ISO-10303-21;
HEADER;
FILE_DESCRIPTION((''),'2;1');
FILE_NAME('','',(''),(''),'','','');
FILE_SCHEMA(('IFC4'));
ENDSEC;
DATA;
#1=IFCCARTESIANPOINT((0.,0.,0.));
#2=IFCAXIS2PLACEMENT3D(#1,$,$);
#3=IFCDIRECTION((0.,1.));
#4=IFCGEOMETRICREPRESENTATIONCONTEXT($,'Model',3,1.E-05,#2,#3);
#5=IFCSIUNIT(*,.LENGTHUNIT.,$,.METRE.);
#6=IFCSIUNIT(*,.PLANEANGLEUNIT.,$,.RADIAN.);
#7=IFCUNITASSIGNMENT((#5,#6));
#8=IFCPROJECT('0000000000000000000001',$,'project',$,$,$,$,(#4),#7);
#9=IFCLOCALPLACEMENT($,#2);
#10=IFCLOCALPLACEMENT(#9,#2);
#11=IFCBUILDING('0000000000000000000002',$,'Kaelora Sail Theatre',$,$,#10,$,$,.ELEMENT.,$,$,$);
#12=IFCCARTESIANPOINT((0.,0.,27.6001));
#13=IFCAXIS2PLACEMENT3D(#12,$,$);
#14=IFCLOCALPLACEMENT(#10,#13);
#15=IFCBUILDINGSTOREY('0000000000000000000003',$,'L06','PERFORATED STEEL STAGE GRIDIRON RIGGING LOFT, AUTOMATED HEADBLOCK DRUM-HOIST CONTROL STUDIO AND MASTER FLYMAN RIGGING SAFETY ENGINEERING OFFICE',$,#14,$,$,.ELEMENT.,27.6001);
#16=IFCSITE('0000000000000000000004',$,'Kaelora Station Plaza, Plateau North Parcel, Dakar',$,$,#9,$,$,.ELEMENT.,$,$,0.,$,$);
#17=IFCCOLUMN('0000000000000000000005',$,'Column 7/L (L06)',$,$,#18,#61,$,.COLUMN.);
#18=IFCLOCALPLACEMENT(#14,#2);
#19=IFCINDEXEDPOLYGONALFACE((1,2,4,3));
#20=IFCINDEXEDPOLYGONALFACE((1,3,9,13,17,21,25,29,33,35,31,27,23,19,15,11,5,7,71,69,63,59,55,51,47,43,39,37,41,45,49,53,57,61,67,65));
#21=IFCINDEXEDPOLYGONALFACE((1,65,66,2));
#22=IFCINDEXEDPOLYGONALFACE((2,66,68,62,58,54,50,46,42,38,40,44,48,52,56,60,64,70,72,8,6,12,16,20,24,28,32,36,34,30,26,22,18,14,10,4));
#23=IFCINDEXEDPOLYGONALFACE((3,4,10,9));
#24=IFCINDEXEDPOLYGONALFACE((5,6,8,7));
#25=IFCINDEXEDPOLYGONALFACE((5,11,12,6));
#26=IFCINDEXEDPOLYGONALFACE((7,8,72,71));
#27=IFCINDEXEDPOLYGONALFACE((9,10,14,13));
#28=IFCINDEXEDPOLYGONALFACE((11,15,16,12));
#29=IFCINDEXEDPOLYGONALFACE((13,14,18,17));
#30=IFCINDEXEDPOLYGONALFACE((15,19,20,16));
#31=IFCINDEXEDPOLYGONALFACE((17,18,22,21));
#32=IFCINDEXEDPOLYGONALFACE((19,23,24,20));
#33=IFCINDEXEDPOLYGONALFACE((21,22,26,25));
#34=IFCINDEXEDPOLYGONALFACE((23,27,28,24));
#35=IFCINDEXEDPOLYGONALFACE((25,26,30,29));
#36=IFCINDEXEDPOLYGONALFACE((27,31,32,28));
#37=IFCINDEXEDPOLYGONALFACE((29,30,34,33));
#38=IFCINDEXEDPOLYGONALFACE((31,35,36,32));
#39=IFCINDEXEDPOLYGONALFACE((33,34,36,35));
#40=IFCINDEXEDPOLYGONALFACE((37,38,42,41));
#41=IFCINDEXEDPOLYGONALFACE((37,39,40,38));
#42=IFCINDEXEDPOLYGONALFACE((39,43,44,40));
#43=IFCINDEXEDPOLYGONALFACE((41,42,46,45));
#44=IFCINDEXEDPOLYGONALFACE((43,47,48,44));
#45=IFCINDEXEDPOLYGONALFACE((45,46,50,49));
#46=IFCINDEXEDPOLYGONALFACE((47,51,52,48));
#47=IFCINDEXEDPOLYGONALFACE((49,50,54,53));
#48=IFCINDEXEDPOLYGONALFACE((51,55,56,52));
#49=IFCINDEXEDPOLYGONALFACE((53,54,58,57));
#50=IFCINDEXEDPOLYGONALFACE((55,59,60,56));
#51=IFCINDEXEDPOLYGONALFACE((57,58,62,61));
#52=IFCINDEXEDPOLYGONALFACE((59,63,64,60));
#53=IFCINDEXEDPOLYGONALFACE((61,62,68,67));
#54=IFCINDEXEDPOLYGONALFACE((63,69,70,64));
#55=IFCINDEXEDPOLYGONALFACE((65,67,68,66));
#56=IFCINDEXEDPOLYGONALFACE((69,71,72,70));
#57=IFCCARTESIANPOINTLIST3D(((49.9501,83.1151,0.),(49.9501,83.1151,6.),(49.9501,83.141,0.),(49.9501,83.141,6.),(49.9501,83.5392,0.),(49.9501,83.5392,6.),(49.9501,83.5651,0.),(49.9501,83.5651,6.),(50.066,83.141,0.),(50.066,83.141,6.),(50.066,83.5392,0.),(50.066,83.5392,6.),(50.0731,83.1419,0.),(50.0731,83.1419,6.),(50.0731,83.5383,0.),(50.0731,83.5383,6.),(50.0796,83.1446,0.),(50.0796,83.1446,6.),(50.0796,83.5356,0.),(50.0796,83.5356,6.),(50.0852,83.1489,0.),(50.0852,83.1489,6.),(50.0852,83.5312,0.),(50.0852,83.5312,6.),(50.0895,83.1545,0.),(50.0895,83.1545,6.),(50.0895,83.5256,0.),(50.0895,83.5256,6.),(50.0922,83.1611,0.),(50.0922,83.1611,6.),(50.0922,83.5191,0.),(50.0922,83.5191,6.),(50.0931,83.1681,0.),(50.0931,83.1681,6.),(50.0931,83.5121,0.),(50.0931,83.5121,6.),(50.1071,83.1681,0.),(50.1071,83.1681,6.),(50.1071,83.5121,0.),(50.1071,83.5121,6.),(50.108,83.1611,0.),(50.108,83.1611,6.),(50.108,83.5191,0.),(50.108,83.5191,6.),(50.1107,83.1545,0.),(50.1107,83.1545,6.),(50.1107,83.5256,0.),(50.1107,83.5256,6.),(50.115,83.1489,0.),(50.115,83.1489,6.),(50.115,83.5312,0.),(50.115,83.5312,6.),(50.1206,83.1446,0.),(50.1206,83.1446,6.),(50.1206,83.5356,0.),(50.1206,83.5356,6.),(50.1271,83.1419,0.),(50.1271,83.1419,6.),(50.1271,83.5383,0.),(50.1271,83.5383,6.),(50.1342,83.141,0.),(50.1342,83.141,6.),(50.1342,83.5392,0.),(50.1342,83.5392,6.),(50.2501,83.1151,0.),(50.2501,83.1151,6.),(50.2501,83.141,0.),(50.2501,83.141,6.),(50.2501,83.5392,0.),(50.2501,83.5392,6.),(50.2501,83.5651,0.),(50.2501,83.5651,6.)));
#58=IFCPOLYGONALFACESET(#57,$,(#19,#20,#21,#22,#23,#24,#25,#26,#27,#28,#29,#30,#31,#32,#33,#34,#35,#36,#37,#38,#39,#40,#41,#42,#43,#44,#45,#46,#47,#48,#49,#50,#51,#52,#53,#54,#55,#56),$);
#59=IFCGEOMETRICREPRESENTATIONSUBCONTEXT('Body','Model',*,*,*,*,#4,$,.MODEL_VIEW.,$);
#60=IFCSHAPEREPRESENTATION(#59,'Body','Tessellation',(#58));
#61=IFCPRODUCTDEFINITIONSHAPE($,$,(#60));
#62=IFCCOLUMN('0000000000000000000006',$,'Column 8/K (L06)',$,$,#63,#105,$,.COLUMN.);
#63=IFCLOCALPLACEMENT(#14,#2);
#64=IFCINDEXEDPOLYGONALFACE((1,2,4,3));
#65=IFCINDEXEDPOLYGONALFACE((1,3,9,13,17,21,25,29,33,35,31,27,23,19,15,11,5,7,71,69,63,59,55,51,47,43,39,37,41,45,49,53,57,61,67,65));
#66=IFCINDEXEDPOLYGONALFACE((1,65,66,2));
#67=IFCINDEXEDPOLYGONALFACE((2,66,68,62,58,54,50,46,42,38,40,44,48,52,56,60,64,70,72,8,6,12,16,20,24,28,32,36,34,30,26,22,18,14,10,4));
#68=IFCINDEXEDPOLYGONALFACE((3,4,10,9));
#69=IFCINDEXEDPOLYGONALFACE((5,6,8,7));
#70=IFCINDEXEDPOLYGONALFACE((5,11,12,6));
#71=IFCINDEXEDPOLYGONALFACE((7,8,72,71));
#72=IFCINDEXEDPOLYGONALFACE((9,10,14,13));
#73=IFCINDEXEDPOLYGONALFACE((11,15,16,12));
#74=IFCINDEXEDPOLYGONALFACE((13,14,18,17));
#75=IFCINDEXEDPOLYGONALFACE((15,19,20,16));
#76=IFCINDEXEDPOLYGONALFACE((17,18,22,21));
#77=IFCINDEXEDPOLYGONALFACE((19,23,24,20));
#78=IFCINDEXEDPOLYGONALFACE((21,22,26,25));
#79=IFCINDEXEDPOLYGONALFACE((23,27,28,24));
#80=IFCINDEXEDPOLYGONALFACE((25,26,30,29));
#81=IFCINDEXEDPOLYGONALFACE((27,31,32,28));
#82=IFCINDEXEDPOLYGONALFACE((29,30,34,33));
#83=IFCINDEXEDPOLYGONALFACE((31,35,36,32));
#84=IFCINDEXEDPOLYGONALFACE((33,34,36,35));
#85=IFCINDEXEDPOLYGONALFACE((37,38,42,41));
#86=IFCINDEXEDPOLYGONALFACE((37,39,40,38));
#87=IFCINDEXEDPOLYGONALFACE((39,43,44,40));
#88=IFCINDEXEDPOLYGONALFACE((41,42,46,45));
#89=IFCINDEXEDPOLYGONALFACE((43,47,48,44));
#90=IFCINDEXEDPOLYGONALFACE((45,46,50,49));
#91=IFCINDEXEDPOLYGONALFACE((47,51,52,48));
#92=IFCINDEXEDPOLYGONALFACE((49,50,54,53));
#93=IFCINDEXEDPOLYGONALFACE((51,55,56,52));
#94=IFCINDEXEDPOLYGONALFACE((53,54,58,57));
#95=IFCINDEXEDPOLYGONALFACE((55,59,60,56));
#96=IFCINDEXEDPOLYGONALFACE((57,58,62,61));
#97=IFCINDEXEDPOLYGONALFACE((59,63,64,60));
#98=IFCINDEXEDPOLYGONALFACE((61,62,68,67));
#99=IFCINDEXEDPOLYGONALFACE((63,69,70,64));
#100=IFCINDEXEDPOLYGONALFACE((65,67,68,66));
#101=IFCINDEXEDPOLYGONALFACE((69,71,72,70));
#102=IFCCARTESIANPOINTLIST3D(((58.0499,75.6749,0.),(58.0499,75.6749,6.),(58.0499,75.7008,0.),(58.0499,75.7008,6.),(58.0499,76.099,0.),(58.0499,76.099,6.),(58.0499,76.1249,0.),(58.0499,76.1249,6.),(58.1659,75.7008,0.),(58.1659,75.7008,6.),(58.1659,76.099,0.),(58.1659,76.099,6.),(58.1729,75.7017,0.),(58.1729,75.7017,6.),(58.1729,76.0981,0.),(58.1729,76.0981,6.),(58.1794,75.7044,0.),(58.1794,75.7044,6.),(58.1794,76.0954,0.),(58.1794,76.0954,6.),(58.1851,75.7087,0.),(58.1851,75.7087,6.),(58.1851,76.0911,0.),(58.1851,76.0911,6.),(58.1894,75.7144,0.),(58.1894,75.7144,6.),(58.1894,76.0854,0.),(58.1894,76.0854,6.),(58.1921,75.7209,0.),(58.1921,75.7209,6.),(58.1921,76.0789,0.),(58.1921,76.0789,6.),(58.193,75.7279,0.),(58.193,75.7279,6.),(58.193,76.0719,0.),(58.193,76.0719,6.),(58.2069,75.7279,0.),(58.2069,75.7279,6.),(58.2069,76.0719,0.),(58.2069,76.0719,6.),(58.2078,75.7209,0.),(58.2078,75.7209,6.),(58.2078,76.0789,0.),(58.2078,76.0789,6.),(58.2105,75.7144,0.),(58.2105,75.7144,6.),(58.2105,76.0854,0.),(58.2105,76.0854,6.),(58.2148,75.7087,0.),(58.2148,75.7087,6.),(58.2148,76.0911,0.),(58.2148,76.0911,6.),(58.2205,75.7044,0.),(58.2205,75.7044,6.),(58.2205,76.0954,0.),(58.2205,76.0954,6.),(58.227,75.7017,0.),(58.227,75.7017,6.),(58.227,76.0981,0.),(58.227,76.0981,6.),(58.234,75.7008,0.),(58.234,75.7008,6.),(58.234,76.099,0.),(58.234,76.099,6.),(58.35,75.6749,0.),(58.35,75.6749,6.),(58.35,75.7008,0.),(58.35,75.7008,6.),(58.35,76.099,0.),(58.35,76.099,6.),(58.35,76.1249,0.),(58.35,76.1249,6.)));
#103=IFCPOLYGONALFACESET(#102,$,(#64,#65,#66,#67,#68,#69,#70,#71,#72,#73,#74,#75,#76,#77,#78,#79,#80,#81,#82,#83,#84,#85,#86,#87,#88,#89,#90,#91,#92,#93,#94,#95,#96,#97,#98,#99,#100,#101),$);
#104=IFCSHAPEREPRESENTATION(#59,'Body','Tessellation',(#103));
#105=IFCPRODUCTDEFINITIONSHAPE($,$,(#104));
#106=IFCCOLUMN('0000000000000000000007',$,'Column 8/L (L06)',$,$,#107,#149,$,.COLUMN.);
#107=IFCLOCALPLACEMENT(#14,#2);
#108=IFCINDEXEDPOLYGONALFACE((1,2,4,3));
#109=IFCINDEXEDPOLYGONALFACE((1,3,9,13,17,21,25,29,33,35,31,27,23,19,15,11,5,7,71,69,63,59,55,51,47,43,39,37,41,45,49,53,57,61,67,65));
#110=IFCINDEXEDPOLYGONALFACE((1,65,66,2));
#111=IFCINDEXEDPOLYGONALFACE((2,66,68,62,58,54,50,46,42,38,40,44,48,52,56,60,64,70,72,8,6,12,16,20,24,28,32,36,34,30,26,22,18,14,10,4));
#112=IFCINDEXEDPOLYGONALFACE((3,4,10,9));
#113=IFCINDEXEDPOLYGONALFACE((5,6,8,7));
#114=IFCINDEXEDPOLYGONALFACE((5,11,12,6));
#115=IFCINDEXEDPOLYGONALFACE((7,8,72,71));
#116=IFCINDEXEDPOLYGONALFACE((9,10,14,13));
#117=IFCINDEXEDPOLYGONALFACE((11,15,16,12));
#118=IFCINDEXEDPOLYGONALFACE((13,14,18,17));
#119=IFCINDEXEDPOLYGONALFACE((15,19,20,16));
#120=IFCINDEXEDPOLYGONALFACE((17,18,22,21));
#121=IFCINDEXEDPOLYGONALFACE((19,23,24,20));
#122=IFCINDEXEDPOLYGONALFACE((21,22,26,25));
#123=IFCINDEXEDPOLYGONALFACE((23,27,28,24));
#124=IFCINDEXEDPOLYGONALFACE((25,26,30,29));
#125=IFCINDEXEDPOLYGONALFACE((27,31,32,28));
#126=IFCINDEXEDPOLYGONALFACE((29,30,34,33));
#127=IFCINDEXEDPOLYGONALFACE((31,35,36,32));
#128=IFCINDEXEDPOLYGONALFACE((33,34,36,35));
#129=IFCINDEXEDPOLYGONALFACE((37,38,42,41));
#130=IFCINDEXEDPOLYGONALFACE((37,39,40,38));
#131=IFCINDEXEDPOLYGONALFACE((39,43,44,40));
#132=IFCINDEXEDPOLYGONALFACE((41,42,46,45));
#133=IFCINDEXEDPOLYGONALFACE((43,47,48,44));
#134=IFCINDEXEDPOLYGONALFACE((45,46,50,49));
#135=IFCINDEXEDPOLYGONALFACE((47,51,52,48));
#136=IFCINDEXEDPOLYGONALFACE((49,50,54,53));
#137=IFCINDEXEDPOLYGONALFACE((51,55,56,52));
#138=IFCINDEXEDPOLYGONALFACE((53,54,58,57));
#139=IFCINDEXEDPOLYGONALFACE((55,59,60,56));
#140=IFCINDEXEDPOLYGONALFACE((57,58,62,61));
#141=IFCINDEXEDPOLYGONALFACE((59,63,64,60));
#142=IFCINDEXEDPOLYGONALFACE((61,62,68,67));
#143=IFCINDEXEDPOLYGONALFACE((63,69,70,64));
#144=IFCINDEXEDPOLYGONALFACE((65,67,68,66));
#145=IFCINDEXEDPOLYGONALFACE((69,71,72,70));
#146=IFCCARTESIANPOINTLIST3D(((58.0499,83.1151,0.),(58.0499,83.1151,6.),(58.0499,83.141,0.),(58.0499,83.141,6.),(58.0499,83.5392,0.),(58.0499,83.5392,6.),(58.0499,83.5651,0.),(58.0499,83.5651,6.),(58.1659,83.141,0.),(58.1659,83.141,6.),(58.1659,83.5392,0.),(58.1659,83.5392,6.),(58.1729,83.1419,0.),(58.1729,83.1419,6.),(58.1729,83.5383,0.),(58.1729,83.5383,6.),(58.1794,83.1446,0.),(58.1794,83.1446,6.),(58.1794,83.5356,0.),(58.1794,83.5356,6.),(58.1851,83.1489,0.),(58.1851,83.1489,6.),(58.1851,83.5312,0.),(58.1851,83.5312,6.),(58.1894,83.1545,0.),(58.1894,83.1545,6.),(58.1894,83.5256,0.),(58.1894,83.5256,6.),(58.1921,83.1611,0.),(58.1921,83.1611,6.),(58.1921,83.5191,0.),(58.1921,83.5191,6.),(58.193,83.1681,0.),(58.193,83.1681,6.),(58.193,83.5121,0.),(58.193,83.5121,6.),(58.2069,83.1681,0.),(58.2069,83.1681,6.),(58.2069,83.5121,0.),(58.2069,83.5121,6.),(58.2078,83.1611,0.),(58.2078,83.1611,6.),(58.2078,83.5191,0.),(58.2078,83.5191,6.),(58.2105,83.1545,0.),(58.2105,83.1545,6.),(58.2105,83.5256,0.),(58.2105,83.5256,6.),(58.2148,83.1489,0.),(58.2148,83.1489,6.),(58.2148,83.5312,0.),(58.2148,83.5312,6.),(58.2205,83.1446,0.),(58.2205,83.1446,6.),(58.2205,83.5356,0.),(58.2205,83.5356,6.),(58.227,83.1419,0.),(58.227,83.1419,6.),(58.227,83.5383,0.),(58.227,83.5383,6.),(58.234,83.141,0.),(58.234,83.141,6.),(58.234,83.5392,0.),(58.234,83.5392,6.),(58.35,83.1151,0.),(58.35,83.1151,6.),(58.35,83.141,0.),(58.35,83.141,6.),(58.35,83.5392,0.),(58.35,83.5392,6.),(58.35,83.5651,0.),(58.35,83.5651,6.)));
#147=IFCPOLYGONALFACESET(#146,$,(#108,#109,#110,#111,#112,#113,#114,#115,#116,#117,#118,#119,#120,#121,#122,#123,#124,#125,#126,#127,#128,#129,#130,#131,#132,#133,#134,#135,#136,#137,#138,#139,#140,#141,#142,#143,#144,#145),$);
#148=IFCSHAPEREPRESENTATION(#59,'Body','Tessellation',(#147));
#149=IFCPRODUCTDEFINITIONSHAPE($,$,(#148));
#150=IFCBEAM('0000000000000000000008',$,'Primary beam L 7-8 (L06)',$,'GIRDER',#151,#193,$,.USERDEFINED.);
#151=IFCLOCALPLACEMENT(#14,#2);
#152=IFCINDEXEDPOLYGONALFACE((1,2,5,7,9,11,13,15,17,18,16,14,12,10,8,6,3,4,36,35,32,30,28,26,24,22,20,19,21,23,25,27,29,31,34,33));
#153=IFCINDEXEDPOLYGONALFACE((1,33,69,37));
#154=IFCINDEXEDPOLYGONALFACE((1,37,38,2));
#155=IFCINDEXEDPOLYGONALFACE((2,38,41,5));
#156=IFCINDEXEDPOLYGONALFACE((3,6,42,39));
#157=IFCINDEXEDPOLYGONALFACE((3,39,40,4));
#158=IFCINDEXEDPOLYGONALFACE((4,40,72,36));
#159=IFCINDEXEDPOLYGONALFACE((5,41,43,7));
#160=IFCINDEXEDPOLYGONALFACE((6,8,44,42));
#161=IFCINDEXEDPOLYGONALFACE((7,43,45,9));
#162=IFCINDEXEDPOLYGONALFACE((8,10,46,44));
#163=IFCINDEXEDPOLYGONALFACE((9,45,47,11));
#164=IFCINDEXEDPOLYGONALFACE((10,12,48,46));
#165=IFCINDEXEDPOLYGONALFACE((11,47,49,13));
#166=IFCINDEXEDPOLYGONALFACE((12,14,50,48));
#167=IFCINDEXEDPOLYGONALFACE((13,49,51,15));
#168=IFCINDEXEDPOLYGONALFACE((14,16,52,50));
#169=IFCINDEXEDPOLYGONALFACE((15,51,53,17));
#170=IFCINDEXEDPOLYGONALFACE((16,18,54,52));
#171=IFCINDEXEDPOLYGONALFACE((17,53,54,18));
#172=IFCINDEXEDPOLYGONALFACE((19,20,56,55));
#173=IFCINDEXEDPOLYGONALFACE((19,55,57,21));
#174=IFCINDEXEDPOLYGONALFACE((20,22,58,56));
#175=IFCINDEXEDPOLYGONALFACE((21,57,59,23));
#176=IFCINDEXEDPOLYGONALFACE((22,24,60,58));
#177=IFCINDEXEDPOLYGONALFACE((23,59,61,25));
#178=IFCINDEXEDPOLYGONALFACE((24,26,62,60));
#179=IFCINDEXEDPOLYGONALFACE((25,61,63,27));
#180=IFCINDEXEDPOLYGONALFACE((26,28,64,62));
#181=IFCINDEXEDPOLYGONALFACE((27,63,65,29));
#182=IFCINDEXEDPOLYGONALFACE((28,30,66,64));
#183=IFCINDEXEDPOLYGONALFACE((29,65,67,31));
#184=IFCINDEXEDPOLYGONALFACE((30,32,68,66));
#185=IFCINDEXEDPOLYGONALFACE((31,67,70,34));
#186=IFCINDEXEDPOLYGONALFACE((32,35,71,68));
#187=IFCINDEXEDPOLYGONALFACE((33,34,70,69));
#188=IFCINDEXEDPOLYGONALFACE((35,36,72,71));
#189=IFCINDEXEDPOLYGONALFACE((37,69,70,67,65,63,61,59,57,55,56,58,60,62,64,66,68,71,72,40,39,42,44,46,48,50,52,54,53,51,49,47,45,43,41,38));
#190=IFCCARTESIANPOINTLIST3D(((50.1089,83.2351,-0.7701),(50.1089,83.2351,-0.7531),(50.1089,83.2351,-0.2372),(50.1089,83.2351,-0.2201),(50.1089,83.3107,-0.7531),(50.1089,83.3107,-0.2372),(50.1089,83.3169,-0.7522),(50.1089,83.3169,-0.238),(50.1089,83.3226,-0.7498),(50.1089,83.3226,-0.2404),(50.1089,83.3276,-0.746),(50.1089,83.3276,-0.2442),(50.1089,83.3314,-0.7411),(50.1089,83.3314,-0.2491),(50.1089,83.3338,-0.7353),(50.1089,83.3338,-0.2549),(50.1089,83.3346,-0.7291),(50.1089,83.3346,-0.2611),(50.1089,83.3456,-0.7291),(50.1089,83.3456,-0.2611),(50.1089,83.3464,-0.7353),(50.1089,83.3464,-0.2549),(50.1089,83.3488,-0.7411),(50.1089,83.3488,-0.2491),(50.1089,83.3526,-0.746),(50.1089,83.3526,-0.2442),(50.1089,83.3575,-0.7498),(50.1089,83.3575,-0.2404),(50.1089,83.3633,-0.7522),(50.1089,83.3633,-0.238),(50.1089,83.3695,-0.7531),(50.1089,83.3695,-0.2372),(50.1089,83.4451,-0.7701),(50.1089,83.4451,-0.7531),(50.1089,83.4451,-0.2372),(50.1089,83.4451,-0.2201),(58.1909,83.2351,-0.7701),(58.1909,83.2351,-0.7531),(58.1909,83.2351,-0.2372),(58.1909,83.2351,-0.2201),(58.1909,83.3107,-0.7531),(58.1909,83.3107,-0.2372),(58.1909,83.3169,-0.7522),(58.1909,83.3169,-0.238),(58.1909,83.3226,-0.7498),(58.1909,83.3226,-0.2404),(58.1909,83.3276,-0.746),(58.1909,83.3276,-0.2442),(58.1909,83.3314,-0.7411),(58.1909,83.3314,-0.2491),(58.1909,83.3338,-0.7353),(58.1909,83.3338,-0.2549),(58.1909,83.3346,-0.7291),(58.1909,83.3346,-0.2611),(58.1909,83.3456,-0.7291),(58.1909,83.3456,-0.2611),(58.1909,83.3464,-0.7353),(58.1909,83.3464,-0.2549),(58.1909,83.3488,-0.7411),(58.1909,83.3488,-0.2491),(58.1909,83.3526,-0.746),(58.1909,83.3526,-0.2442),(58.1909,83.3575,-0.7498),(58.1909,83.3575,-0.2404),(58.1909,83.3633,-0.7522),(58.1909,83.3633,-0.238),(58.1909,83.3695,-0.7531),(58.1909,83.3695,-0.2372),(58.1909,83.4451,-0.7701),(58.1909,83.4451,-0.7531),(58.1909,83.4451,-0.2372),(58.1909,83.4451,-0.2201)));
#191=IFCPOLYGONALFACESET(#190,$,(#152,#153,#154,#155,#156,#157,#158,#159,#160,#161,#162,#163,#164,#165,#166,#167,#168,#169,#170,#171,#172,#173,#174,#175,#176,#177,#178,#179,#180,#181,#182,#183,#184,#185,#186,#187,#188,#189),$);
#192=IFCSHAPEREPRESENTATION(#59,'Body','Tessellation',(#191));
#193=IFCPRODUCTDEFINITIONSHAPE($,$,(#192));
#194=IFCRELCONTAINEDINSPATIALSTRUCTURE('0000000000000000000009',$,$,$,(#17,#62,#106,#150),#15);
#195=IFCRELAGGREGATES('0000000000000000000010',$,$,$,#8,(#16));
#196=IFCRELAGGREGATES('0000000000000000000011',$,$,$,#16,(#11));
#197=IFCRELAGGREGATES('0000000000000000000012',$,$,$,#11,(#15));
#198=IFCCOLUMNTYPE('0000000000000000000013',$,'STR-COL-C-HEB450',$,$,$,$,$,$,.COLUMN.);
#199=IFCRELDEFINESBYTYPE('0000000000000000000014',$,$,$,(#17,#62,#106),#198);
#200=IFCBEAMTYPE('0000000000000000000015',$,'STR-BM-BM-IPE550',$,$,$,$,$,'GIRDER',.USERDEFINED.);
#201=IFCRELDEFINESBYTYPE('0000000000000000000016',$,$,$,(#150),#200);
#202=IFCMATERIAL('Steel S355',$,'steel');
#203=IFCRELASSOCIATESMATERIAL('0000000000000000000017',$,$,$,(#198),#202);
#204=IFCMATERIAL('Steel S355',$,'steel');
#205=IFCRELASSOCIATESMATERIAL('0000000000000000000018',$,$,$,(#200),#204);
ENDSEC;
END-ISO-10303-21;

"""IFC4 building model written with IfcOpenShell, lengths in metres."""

from ifc_helpers import new_model, si_unit, direction, frame, origin, origin_2d, place, context, subcontext, project, spatial, i_section, extrude, material, material_profile, profile_set, type_object, element, save


model = new_model("IFC4")

# Units and contexts
model_context = context("Model", 3, precision=1e-05, world=origin(), true_north=direction((0.0, 1.0)))
body_context = subcontext(model_context, "Body", "Model", "MODEL_VIEW")
ifc_project = project(units=[si_unit("LENGTHUNIT", "METRE"), si_unit("PLANEANGLEUNIT", "RADIAN")], contexts=[model_context])

# Site, building, storey
site_placement = place(None, origin())
site = spatial("IfcSite", under=ifc_project, at=site_placement, Name="Kaelora Station Plaza, Plateau North Parcel, Dakar", CompositionType="ELEMENT", RefElevation=0.0)
building_placement = place(site_placement, origin())
building = spatial("IfcBuilding", under=site, at=building_placement, Name="Kaelora Sail Theatre", CompositionType="ELEMENT")
storey_placement = place(building_placement, frame((0.0, 0.0, 27.6001)))
storey = spatial("IfcBuildingStorey", under=building, at=storey_placement, Name="L06", Description="PERFORATED STEEL STAGE GRIDIRON RIGGING LOFT, AUTOMATED HEADBLOCK DRUM-HOIST CONTROL STUDIO AND MASTER FLYMAN RIGGING SAFETY ENGINEERING OFFICE", CompositionType="ELEMENT", Elevation=27.6001)

# Columns
ifc_material_1 = material(Name="Steel S355", Category="steel")
ifc_material_profile_1 = material_profile(ifc_material_1, i_section(OverallWidth=0.3, OverallDepth=0.45, WebThickness=0.0139, FlangeThickness=0.0259, FilletRadius=0.0271, at=origin_2d()), Name="HEB 450")
ifc_profile_set_1 = profile_set([ifc_material_profile_1], Name="Steel S355")
column_type = type_object("IfcColumnType", Name="STR-COL-C-HEB450", PredefinedType="COLUMN", material=ifc_profile_set_1)
for number, where, z_axis, x_axis, name in (
    (1, (50.1001, 83.3401, 0.0), (0.0, 0.0, 1.0), (1.0, 0.0, 0.0), "Column 7/L (L06)"),
    (2, (58.2, 75.8999, 0.0), (0.0, 0.0, 1.0), (1.0, 0.0, 0.0), "Column 8/K (L06)"),
    (3, (58.2, 83.3401, 0.0), (0.0, 0.0, 1.0), (1.0, 0.0, 0.0), "Column 8/L (L06)"),
):
    element("IfcColumn", number, at=place(storey_placement, frame(where, z_axis=z_axis, x_axis=x_axis)), inside=storey, type_object=column_type, Name=name, PredefinedType="COLUMN", context=body_context, shape_type="SweptSolid", body=[
        extrude(i_section(OverallWidth=0.3, OverallDepth=0.45, WebThickness=0.0139, FlangeThickness=0.0259, FilletRadius=0.0271, at=origin_2d()), origin(), (0.0, 0.0, 1.0), 6.0),
    ])

# Beam
ifc_material_2 = material(Name="Steel S355", Category="steel")
ifc_material_profile_2 = material_profile(ifc_material_2, i_section(OverallWidth=0.21, OverallDepth=0.55, WebThickness=0.011, FlangeThickness=0.0171, FilletRadius=0.0239, at=origin_2d()), Name="IPE 550")
ifc_profile_set_2 = profile_set([ifc_material_profile_2], Name="Steel S355")
beam_type_1 = type_object("IfcBeamType", Name="STR-BM-BM-IPE550", ElementType="GIRDER", PredefinedType="USERDEFINED", material=ifc_profile_set_2)
beam_placement = place(storey_placement, frame((50.1089, 83.3401, -0.4951), z_axis=(1.0, 0.0, 0.0), x_axis=(0.0, 1.0, 0.0)))
element("IfcBeam", 4, at=beam_placement, inside=storey, type_object=beam_type_1, Name="Primary beam L 7-8 (L06)", ObjectType="GIRDER", PredefinedType="USERDEFINED", context=body_context, shape_type="SweptSolid", body=[
    extrude(i_section(OverallWidth=0.21, OverallDepth=0.55, WebThickness=0.011, FlangeThickness=0.0171, FilletRadius=0.0239, at=origin_2d()), origin(), (0.0, 0.0, 1.0), 8.082),
])

save(model, "model.ifc")
